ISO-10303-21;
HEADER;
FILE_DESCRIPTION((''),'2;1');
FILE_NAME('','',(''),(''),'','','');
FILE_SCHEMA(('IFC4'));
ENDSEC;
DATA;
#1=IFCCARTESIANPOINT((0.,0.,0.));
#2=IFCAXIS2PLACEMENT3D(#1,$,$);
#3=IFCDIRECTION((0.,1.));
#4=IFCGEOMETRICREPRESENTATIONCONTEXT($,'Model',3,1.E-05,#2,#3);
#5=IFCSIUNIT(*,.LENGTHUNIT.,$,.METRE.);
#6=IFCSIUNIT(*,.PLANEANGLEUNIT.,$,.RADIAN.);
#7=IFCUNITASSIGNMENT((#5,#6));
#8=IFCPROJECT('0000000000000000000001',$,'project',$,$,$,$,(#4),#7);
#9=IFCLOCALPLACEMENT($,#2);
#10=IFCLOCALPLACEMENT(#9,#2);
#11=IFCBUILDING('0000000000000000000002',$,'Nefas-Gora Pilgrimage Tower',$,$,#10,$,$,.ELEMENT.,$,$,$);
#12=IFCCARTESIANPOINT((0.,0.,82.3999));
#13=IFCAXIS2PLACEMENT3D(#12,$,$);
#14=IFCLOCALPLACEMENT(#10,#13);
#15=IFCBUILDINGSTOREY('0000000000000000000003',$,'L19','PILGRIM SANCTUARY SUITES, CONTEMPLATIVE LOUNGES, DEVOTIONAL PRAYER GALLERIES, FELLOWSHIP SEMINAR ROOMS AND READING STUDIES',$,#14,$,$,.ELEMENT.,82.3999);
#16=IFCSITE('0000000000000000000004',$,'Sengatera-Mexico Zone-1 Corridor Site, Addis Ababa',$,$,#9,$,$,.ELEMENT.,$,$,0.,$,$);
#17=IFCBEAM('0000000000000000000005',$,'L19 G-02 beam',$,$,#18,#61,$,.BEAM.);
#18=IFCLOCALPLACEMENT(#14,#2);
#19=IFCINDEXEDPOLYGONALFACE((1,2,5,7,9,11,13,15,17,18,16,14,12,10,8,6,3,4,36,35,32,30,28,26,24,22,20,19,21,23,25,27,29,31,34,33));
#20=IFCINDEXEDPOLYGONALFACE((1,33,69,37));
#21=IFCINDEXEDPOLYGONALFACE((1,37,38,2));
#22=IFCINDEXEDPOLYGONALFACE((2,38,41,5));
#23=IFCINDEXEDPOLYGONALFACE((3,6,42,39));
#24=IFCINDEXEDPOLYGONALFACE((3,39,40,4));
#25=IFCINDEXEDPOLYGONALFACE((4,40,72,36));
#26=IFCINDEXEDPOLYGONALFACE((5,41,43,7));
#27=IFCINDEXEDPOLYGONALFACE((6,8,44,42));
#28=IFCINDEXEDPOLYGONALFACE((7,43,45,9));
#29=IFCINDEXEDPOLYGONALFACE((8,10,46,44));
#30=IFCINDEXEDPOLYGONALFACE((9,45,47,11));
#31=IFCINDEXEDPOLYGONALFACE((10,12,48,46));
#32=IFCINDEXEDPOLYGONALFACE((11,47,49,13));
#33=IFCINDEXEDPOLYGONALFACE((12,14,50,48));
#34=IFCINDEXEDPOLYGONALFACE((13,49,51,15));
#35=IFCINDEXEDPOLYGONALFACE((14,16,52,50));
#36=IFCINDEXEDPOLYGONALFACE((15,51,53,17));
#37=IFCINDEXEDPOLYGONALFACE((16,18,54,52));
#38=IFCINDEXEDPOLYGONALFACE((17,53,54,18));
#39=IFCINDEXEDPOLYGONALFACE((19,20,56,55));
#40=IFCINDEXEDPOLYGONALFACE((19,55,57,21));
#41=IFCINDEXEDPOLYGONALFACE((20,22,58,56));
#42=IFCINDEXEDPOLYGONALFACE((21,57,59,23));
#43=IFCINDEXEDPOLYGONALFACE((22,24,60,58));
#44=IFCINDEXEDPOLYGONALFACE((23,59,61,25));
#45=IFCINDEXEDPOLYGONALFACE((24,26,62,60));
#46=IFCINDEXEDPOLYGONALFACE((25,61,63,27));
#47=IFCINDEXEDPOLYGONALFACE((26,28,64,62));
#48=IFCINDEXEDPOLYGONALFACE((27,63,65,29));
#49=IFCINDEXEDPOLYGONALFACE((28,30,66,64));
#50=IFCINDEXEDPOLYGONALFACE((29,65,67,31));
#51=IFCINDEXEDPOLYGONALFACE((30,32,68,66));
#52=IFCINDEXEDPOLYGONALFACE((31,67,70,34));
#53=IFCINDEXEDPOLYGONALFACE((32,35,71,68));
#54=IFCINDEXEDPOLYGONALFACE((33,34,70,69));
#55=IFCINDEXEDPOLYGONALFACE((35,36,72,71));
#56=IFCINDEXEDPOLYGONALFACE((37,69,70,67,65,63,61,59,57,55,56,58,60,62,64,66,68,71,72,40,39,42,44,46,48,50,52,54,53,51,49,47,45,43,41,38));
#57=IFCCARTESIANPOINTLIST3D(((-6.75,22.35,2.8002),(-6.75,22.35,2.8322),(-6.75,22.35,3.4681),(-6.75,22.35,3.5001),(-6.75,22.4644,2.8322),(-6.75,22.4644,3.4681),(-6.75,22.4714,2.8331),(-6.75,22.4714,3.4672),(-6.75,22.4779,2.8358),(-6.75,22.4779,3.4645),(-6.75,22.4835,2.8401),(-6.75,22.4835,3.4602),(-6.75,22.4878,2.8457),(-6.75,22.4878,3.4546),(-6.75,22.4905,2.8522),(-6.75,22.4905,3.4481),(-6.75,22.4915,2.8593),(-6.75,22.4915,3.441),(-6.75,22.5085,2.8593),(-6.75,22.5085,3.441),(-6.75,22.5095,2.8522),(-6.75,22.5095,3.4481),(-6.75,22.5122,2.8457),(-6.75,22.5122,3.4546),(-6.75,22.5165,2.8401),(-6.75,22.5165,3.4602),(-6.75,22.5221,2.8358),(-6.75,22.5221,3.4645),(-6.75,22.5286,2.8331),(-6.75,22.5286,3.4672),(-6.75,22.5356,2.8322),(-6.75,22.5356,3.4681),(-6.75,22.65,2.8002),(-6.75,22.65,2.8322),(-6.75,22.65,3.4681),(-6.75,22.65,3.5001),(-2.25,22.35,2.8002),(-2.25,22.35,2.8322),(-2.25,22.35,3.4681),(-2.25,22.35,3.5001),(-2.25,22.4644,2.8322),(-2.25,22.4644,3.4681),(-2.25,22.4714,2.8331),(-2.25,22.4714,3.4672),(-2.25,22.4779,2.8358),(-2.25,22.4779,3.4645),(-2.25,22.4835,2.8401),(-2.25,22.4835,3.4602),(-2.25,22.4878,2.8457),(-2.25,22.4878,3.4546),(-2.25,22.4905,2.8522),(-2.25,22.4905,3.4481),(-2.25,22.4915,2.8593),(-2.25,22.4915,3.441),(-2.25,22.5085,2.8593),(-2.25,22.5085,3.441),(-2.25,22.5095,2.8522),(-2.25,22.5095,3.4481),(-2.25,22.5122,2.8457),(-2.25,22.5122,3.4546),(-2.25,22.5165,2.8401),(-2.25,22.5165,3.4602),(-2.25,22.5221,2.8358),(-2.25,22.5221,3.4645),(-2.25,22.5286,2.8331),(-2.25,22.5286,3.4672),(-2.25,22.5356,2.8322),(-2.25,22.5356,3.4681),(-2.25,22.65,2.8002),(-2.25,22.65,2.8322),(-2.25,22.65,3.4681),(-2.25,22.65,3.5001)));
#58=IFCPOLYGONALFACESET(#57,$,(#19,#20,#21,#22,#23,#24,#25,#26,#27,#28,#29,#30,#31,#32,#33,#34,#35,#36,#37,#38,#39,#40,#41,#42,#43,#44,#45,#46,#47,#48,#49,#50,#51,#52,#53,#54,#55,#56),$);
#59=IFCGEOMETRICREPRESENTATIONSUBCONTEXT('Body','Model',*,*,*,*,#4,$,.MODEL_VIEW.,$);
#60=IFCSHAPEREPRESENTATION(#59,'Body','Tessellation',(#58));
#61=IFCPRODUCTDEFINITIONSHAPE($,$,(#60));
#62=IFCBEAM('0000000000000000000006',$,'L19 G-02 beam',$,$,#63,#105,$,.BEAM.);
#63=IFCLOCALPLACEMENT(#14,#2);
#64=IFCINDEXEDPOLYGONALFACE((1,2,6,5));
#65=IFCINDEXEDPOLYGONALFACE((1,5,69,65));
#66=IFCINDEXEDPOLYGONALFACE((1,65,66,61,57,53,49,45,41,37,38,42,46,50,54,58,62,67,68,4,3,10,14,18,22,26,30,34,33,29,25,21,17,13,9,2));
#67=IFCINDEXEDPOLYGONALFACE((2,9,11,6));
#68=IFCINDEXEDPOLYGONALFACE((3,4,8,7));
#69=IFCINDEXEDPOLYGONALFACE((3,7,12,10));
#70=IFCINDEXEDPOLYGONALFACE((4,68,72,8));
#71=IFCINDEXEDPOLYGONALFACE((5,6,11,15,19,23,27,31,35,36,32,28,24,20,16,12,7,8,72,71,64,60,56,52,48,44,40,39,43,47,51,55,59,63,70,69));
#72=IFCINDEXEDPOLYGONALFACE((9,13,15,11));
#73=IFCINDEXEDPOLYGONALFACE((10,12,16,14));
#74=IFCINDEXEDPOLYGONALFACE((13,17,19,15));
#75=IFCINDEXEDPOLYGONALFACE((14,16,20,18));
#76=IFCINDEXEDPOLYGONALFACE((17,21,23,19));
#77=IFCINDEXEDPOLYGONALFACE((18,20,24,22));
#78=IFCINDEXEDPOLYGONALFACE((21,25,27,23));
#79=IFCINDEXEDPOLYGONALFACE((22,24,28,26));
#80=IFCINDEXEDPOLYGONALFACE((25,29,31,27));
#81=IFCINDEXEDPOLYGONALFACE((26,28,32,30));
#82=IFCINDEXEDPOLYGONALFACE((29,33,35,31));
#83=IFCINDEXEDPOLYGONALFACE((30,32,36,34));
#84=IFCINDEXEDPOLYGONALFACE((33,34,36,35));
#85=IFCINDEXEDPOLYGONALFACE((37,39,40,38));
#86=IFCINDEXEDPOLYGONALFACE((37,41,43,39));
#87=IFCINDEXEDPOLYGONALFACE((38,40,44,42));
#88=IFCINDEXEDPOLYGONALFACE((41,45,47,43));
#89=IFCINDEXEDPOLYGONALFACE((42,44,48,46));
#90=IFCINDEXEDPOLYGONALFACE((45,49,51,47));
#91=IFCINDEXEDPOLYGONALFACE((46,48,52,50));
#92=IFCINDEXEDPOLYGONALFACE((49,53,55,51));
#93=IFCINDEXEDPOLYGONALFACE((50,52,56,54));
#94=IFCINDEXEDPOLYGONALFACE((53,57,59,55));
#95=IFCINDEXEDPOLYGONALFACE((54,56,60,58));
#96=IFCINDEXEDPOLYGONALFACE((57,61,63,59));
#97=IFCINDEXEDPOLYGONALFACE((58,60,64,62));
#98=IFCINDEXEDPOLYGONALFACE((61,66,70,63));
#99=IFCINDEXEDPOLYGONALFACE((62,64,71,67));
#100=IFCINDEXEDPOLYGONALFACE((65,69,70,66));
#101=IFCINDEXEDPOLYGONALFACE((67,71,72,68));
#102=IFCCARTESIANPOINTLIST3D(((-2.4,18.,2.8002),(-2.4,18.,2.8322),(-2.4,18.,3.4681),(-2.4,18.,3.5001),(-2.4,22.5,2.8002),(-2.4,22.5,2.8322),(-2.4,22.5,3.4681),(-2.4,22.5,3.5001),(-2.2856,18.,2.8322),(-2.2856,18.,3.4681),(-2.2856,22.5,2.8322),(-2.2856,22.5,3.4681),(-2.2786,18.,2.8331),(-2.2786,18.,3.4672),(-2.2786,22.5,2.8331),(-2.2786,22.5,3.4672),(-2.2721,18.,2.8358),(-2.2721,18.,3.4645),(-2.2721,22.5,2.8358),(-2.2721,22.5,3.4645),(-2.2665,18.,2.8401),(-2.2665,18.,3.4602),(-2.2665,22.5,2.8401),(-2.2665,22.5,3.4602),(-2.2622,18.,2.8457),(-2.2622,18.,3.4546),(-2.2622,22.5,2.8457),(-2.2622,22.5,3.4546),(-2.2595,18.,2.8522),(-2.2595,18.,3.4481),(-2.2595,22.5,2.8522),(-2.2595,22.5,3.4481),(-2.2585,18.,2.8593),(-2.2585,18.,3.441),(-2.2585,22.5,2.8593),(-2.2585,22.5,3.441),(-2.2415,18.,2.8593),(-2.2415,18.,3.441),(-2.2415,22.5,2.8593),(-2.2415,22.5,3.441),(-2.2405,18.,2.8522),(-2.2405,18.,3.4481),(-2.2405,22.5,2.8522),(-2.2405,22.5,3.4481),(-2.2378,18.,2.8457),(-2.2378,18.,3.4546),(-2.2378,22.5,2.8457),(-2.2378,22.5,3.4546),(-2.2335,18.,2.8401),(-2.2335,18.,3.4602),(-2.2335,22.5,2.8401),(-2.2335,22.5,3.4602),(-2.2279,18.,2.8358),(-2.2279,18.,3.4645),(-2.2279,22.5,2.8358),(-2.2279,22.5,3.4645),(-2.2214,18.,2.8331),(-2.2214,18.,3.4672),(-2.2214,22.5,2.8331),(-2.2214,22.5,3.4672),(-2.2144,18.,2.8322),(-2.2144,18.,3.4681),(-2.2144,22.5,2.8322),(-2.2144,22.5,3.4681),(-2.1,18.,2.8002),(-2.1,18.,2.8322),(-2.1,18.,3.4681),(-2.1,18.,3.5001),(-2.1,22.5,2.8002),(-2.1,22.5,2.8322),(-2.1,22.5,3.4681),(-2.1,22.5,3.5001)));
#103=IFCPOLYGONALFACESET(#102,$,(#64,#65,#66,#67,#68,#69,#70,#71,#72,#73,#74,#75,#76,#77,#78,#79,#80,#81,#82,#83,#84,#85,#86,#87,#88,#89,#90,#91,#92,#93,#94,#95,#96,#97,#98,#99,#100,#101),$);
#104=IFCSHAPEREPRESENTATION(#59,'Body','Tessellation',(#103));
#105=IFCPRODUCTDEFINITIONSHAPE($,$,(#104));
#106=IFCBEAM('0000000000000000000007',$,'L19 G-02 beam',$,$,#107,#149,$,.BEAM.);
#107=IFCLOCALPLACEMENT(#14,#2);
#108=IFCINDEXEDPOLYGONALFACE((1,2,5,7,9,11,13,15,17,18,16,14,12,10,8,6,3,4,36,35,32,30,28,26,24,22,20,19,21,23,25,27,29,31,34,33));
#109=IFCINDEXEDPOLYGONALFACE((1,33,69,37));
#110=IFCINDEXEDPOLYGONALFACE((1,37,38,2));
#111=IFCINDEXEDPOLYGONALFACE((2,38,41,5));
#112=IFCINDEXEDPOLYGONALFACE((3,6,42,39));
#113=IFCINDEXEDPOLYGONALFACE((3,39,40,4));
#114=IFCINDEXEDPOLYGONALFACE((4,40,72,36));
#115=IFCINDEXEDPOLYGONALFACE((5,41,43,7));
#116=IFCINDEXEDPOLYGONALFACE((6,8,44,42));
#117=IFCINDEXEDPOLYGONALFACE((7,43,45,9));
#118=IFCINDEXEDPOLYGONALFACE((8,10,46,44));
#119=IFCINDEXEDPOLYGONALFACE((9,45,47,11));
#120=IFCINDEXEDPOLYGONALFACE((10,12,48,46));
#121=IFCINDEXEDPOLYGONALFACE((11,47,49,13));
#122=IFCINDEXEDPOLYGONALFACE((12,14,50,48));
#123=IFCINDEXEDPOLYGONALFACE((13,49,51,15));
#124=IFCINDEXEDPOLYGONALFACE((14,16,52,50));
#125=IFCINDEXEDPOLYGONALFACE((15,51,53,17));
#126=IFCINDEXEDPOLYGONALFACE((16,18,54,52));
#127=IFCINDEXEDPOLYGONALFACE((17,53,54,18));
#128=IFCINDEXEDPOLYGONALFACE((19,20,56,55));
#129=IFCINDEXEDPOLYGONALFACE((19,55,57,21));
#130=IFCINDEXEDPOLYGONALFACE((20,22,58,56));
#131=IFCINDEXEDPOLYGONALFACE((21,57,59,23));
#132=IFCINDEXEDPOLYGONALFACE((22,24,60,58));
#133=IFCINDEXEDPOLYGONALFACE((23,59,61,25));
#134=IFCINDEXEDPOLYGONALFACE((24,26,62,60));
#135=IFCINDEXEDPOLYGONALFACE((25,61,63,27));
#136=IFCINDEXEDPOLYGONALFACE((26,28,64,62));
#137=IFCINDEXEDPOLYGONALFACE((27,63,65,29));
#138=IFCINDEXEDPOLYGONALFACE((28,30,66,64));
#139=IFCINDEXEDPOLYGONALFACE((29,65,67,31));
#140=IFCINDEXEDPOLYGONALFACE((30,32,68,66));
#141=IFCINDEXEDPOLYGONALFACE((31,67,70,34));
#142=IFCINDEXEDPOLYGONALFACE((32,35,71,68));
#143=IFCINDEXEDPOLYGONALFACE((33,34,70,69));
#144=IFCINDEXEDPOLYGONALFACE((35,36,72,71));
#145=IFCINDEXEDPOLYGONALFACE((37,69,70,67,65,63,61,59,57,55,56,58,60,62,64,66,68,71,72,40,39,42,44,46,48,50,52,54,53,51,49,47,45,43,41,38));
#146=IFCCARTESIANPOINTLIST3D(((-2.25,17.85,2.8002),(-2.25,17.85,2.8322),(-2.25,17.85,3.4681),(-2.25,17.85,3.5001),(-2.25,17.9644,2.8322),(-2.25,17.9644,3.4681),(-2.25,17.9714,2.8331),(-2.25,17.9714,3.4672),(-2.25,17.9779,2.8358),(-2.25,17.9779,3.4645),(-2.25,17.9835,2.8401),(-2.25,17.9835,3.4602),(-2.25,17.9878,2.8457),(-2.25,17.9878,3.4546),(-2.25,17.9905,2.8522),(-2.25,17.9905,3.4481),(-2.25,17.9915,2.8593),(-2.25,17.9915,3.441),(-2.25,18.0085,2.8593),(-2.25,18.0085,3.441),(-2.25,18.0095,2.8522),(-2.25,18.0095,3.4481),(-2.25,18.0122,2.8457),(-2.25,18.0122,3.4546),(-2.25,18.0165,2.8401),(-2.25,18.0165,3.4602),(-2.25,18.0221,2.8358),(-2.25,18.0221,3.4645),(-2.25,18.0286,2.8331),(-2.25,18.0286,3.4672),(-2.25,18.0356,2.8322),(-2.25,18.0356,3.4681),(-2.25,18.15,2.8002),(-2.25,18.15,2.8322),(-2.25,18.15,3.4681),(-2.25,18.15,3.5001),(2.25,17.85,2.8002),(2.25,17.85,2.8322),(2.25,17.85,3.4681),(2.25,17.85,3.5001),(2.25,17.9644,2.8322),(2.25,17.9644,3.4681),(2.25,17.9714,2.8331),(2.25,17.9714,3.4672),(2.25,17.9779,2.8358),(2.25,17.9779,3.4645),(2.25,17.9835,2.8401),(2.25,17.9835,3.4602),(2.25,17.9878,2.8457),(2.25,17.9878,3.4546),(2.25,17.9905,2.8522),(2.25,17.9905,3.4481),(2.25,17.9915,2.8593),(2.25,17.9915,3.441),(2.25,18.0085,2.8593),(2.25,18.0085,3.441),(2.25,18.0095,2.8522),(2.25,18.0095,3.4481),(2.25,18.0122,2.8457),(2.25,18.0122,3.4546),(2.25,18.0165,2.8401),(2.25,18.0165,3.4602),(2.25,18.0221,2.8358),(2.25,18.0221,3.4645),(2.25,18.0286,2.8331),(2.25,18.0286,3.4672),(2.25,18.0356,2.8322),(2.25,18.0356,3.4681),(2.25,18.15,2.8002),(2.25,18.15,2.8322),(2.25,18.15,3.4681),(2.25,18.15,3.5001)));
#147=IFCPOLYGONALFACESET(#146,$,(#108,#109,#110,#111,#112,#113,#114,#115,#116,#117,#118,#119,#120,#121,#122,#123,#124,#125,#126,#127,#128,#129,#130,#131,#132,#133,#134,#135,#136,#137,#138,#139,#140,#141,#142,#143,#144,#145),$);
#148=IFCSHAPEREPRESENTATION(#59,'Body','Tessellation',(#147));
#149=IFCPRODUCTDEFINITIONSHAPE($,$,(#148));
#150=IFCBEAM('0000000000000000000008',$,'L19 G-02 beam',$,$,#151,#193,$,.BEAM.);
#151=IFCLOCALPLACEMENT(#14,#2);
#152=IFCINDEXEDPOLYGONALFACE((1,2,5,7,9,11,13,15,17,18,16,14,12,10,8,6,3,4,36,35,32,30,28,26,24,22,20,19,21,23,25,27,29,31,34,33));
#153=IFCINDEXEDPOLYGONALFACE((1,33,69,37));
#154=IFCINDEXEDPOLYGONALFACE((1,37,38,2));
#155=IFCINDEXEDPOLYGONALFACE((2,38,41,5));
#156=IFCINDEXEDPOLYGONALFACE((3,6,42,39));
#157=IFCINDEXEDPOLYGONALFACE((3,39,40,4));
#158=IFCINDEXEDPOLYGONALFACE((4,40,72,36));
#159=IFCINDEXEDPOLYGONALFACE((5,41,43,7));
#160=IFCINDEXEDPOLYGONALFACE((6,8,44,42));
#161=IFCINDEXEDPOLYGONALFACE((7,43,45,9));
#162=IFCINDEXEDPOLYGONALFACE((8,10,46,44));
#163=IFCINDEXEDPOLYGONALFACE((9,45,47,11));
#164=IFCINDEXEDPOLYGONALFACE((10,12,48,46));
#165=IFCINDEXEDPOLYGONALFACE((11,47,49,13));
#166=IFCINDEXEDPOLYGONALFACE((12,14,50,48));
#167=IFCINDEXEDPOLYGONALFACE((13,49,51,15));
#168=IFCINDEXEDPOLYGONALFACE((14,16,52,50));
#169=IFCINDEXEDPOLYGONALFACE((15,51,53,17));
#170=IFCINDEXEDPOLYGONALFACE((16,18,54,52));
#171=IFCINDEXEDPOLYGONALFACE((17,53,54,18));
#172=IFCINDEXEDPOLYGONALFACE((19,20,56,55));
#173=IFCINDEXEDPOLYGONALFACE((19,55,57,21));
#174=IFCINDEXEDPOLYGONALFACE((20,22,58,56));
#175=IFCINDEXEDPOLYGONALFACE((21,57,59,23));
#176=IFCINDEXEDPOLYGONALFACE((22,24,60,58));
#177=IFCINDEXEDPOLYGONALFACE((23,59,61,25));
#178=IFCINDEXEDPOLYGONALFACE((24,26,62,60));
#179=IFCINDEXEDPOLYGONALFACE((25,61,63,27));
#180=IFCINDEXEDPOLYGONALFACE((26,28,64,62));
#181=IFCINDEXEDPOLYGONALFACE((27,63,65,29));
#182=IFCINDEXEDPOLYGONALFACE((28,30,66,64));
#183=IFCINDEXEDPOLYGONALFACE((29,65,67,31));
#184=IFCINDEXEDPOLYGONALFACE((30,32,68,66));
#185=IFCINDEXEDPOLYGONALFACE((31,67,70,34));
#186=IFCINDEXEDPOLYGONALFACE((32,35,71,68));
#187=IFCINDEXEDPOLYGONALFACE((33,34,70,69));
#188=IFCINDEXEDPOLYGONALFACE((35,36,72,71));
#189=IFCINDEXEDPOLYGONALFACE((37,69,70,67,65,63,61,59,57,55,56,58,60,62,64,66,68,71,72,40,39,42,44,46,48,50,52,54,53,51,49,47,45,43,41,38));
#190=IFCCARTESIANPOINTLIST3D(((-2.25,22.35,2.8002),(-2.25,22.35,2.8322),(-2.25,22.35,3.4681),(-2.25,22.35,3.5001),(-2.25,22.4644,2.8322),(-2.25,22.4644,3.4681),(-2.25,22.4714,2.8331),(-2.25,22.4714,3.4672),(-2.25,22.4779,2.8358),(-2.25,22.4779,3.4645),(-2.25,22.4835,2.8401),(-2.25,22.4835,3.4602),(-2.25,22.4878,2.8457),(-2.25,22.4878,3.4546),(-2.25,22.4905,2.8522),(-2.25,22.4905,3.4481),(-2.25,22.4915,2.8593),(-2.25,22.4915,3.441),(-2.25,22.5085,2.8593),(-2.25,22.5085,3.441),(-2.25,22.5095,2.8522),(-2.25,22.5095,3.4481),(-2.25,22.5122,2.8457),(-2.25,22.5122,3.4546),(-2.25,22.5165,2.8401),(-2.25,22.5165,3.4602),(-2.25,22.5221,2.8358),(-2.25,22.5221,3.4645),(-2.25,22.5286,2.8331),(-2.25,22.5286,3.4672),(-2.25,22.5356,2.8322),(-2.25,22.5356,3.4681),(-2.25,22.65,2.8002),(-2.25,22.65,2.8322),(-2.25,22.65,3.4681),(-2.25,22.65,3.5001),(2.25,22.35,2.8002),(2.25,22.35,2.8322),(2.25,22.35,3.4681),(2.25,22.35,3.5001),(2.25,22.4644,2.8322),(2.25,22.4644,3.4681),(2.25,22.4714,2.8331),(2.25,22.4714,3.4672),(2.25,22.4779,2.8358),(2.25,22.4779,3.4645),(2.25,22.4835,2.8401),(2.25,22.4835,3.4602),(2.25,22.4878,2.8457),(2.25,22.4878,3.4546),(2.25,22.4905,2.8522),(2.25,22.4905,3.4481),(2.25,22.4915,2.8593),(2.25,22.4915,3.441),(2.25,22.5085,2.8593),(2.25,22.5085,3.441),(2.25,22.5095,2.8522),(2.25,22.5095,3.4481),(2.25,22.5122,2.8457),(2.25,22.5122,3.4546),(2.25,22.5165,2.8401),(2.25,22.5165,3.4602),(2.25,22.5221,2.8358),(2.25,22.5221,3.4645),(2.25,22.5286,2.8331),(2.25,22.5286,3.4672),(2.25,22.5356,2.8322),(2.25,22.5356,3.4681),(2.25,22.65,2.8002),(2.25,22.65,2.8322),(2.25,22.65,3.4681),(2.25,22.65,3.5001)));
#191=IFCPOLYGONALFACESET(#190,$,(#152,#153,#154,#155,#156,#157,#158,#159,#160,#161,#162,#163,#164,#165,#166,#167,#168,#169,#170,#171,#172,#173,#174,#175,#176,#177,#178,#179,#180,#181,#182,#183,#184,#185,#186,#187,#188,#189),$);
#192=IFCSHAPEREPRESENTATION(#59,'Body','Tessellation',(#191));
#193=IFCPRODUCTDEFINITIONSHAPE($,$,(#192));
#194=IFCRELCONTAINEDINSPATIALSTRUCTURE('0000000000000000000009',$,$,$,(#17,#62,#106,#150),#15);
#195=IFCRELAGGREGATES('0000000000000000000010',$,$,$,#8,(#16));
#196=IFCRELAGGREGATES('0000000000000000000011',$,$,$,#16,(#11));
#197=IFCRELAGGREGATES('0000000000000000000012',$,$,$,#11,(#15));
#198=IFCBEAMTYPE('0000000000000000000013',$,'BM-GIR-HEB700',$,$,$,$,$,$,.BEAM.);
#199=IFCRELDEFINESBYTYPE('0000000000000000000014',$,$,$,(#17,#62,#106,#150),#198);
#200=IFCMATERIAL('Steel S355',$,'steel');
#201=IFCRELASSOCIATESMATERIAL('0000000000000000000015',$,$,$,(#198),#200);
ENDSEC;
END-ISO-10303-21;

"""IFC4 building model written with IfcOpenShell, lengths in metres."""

from ifc_helpers import new_model, si_unit, direction, frame, origin, origin_2d, place, context, subcontext, project, spatial, i_section, extrude, source, transform, mapped, material, material_profile, profile_set, type_object, element, save


model = new_model("IFC4")

# Units and contexts
model_context = context("Model", 3, precision=1e-05, world=origin(), true_north=direction((0.0, 1.0)))
body_context = subcontext(model_context, "Body", "Model", "MODEL_VIEW")
ifc_project = project(units=[si_unit("LENGTHUNIT", "METRE"), si_unit("PLANEANGLEUNIT", "RADIAN")], contexts=[model_context])

# Site, building, storey
site_placement = place(None, origin())
site = spatial("IfcSite", under=ifc_project, at=site_placement, Name="Sengatera-Mexico Zone-1 Corridor Site, Addis Ababa", CompositionType="ELEMENT", RefElevation=0.0)
building_placement = place(site_placement, origin())
building = spatial("IfcBuilding", under=site, at=building_placement, Name="Nefas-Gora Pilgrimage Tower", CompositionType="ELEMENT")
storey_placement = place(building_placement, frame((0.0, 0.0, 82.3999)))
storey = spatial("IfcBuildingStorey", under=building, at=storey_placement, Name="L19", Description="PILGRIM SANCTUARY SUITES, CONTEMPLATIVE LOUNGES, DEVOTIONAL PRAYER GALLERIES, FELLOWSHIP SEMINAR ROOMS AND READING STUDIES", CompositionType="ELEMENT", Elevation=82.3999)

# Beams
ifc_material_1 = material(Name="Steel S355", Category="steel")
ifc_material_profile_1 = material_profile(ifc_material_1, i_section(OverallWidth=0.3, OverallDepth=0.7, WebThickness=0.0171, FlangeThickness=0.032, FilletRadius=0.0271, at=origin_2d()), Name="HEB 700")
ifc_profile_set_1 = profile_set([ifc_material_profile_1], Name="Steel S355")
beam_type = type_object("IfcBeamType", Name="BM-GIR-HEB700", PredefinedType="BEAM", material=ifc_profile_set_1)
shared_shape_1 = source(origin(), body_context, "Body", "SweptSolid", [
    extrude(i_section(OverallWidth=0.3, OverallDepth=0.7, WebThickness=0.0171, FlangeThickness=0.032, FilletRadius=0.0271, at=origin_2d()), origin(), (0.0, 0.0, 1.0), 4.5),
])
for number, where, z_axis, x_axis, name in (
    (1, (-6.75, 22.5, 3.1501), (1.0, 0.0, 0.0), (0.0, 1.0, 0.0), "L19 G-02 beam"),
    (2, (-2.25, 18.0, 3.1501), (0.0, 1.0, 0.0), (-1.0, 0.0, 0.0), "L19 G-02 beam"),
    (3, (-2.25, 18.0, 3.1501), (1.0, 0.0, 0.0), (0.0, 1.0, 0.0), "L19 G-02 beam"),
    (4, (-2.25, 22.5, 3.1501), (1.0, 0.0, 0.0), (0.0, 1.0, 0.0), "L19 G-02 beam"),
):
    element("IfcBeam", number, at=place(storey_placement, frame(where, z_axis=z_axis, x_axis=x_axis)), inside=storey, type_object=beam_type, Name=name, PredefinedType="BEAM", context=body_context, shape_type="MappedRepresentation", body=[
        mapped(shared_shape_1, transform((0.0, 0.0, 0.0), x_axis=(1.0, 0.0, 0.0), y_axis=(0.0, 1.0, 0.0), z_axis=(0.0, 0.0, 1.0), scale=1.0)),
    ])

save(model, "model.ifc")
